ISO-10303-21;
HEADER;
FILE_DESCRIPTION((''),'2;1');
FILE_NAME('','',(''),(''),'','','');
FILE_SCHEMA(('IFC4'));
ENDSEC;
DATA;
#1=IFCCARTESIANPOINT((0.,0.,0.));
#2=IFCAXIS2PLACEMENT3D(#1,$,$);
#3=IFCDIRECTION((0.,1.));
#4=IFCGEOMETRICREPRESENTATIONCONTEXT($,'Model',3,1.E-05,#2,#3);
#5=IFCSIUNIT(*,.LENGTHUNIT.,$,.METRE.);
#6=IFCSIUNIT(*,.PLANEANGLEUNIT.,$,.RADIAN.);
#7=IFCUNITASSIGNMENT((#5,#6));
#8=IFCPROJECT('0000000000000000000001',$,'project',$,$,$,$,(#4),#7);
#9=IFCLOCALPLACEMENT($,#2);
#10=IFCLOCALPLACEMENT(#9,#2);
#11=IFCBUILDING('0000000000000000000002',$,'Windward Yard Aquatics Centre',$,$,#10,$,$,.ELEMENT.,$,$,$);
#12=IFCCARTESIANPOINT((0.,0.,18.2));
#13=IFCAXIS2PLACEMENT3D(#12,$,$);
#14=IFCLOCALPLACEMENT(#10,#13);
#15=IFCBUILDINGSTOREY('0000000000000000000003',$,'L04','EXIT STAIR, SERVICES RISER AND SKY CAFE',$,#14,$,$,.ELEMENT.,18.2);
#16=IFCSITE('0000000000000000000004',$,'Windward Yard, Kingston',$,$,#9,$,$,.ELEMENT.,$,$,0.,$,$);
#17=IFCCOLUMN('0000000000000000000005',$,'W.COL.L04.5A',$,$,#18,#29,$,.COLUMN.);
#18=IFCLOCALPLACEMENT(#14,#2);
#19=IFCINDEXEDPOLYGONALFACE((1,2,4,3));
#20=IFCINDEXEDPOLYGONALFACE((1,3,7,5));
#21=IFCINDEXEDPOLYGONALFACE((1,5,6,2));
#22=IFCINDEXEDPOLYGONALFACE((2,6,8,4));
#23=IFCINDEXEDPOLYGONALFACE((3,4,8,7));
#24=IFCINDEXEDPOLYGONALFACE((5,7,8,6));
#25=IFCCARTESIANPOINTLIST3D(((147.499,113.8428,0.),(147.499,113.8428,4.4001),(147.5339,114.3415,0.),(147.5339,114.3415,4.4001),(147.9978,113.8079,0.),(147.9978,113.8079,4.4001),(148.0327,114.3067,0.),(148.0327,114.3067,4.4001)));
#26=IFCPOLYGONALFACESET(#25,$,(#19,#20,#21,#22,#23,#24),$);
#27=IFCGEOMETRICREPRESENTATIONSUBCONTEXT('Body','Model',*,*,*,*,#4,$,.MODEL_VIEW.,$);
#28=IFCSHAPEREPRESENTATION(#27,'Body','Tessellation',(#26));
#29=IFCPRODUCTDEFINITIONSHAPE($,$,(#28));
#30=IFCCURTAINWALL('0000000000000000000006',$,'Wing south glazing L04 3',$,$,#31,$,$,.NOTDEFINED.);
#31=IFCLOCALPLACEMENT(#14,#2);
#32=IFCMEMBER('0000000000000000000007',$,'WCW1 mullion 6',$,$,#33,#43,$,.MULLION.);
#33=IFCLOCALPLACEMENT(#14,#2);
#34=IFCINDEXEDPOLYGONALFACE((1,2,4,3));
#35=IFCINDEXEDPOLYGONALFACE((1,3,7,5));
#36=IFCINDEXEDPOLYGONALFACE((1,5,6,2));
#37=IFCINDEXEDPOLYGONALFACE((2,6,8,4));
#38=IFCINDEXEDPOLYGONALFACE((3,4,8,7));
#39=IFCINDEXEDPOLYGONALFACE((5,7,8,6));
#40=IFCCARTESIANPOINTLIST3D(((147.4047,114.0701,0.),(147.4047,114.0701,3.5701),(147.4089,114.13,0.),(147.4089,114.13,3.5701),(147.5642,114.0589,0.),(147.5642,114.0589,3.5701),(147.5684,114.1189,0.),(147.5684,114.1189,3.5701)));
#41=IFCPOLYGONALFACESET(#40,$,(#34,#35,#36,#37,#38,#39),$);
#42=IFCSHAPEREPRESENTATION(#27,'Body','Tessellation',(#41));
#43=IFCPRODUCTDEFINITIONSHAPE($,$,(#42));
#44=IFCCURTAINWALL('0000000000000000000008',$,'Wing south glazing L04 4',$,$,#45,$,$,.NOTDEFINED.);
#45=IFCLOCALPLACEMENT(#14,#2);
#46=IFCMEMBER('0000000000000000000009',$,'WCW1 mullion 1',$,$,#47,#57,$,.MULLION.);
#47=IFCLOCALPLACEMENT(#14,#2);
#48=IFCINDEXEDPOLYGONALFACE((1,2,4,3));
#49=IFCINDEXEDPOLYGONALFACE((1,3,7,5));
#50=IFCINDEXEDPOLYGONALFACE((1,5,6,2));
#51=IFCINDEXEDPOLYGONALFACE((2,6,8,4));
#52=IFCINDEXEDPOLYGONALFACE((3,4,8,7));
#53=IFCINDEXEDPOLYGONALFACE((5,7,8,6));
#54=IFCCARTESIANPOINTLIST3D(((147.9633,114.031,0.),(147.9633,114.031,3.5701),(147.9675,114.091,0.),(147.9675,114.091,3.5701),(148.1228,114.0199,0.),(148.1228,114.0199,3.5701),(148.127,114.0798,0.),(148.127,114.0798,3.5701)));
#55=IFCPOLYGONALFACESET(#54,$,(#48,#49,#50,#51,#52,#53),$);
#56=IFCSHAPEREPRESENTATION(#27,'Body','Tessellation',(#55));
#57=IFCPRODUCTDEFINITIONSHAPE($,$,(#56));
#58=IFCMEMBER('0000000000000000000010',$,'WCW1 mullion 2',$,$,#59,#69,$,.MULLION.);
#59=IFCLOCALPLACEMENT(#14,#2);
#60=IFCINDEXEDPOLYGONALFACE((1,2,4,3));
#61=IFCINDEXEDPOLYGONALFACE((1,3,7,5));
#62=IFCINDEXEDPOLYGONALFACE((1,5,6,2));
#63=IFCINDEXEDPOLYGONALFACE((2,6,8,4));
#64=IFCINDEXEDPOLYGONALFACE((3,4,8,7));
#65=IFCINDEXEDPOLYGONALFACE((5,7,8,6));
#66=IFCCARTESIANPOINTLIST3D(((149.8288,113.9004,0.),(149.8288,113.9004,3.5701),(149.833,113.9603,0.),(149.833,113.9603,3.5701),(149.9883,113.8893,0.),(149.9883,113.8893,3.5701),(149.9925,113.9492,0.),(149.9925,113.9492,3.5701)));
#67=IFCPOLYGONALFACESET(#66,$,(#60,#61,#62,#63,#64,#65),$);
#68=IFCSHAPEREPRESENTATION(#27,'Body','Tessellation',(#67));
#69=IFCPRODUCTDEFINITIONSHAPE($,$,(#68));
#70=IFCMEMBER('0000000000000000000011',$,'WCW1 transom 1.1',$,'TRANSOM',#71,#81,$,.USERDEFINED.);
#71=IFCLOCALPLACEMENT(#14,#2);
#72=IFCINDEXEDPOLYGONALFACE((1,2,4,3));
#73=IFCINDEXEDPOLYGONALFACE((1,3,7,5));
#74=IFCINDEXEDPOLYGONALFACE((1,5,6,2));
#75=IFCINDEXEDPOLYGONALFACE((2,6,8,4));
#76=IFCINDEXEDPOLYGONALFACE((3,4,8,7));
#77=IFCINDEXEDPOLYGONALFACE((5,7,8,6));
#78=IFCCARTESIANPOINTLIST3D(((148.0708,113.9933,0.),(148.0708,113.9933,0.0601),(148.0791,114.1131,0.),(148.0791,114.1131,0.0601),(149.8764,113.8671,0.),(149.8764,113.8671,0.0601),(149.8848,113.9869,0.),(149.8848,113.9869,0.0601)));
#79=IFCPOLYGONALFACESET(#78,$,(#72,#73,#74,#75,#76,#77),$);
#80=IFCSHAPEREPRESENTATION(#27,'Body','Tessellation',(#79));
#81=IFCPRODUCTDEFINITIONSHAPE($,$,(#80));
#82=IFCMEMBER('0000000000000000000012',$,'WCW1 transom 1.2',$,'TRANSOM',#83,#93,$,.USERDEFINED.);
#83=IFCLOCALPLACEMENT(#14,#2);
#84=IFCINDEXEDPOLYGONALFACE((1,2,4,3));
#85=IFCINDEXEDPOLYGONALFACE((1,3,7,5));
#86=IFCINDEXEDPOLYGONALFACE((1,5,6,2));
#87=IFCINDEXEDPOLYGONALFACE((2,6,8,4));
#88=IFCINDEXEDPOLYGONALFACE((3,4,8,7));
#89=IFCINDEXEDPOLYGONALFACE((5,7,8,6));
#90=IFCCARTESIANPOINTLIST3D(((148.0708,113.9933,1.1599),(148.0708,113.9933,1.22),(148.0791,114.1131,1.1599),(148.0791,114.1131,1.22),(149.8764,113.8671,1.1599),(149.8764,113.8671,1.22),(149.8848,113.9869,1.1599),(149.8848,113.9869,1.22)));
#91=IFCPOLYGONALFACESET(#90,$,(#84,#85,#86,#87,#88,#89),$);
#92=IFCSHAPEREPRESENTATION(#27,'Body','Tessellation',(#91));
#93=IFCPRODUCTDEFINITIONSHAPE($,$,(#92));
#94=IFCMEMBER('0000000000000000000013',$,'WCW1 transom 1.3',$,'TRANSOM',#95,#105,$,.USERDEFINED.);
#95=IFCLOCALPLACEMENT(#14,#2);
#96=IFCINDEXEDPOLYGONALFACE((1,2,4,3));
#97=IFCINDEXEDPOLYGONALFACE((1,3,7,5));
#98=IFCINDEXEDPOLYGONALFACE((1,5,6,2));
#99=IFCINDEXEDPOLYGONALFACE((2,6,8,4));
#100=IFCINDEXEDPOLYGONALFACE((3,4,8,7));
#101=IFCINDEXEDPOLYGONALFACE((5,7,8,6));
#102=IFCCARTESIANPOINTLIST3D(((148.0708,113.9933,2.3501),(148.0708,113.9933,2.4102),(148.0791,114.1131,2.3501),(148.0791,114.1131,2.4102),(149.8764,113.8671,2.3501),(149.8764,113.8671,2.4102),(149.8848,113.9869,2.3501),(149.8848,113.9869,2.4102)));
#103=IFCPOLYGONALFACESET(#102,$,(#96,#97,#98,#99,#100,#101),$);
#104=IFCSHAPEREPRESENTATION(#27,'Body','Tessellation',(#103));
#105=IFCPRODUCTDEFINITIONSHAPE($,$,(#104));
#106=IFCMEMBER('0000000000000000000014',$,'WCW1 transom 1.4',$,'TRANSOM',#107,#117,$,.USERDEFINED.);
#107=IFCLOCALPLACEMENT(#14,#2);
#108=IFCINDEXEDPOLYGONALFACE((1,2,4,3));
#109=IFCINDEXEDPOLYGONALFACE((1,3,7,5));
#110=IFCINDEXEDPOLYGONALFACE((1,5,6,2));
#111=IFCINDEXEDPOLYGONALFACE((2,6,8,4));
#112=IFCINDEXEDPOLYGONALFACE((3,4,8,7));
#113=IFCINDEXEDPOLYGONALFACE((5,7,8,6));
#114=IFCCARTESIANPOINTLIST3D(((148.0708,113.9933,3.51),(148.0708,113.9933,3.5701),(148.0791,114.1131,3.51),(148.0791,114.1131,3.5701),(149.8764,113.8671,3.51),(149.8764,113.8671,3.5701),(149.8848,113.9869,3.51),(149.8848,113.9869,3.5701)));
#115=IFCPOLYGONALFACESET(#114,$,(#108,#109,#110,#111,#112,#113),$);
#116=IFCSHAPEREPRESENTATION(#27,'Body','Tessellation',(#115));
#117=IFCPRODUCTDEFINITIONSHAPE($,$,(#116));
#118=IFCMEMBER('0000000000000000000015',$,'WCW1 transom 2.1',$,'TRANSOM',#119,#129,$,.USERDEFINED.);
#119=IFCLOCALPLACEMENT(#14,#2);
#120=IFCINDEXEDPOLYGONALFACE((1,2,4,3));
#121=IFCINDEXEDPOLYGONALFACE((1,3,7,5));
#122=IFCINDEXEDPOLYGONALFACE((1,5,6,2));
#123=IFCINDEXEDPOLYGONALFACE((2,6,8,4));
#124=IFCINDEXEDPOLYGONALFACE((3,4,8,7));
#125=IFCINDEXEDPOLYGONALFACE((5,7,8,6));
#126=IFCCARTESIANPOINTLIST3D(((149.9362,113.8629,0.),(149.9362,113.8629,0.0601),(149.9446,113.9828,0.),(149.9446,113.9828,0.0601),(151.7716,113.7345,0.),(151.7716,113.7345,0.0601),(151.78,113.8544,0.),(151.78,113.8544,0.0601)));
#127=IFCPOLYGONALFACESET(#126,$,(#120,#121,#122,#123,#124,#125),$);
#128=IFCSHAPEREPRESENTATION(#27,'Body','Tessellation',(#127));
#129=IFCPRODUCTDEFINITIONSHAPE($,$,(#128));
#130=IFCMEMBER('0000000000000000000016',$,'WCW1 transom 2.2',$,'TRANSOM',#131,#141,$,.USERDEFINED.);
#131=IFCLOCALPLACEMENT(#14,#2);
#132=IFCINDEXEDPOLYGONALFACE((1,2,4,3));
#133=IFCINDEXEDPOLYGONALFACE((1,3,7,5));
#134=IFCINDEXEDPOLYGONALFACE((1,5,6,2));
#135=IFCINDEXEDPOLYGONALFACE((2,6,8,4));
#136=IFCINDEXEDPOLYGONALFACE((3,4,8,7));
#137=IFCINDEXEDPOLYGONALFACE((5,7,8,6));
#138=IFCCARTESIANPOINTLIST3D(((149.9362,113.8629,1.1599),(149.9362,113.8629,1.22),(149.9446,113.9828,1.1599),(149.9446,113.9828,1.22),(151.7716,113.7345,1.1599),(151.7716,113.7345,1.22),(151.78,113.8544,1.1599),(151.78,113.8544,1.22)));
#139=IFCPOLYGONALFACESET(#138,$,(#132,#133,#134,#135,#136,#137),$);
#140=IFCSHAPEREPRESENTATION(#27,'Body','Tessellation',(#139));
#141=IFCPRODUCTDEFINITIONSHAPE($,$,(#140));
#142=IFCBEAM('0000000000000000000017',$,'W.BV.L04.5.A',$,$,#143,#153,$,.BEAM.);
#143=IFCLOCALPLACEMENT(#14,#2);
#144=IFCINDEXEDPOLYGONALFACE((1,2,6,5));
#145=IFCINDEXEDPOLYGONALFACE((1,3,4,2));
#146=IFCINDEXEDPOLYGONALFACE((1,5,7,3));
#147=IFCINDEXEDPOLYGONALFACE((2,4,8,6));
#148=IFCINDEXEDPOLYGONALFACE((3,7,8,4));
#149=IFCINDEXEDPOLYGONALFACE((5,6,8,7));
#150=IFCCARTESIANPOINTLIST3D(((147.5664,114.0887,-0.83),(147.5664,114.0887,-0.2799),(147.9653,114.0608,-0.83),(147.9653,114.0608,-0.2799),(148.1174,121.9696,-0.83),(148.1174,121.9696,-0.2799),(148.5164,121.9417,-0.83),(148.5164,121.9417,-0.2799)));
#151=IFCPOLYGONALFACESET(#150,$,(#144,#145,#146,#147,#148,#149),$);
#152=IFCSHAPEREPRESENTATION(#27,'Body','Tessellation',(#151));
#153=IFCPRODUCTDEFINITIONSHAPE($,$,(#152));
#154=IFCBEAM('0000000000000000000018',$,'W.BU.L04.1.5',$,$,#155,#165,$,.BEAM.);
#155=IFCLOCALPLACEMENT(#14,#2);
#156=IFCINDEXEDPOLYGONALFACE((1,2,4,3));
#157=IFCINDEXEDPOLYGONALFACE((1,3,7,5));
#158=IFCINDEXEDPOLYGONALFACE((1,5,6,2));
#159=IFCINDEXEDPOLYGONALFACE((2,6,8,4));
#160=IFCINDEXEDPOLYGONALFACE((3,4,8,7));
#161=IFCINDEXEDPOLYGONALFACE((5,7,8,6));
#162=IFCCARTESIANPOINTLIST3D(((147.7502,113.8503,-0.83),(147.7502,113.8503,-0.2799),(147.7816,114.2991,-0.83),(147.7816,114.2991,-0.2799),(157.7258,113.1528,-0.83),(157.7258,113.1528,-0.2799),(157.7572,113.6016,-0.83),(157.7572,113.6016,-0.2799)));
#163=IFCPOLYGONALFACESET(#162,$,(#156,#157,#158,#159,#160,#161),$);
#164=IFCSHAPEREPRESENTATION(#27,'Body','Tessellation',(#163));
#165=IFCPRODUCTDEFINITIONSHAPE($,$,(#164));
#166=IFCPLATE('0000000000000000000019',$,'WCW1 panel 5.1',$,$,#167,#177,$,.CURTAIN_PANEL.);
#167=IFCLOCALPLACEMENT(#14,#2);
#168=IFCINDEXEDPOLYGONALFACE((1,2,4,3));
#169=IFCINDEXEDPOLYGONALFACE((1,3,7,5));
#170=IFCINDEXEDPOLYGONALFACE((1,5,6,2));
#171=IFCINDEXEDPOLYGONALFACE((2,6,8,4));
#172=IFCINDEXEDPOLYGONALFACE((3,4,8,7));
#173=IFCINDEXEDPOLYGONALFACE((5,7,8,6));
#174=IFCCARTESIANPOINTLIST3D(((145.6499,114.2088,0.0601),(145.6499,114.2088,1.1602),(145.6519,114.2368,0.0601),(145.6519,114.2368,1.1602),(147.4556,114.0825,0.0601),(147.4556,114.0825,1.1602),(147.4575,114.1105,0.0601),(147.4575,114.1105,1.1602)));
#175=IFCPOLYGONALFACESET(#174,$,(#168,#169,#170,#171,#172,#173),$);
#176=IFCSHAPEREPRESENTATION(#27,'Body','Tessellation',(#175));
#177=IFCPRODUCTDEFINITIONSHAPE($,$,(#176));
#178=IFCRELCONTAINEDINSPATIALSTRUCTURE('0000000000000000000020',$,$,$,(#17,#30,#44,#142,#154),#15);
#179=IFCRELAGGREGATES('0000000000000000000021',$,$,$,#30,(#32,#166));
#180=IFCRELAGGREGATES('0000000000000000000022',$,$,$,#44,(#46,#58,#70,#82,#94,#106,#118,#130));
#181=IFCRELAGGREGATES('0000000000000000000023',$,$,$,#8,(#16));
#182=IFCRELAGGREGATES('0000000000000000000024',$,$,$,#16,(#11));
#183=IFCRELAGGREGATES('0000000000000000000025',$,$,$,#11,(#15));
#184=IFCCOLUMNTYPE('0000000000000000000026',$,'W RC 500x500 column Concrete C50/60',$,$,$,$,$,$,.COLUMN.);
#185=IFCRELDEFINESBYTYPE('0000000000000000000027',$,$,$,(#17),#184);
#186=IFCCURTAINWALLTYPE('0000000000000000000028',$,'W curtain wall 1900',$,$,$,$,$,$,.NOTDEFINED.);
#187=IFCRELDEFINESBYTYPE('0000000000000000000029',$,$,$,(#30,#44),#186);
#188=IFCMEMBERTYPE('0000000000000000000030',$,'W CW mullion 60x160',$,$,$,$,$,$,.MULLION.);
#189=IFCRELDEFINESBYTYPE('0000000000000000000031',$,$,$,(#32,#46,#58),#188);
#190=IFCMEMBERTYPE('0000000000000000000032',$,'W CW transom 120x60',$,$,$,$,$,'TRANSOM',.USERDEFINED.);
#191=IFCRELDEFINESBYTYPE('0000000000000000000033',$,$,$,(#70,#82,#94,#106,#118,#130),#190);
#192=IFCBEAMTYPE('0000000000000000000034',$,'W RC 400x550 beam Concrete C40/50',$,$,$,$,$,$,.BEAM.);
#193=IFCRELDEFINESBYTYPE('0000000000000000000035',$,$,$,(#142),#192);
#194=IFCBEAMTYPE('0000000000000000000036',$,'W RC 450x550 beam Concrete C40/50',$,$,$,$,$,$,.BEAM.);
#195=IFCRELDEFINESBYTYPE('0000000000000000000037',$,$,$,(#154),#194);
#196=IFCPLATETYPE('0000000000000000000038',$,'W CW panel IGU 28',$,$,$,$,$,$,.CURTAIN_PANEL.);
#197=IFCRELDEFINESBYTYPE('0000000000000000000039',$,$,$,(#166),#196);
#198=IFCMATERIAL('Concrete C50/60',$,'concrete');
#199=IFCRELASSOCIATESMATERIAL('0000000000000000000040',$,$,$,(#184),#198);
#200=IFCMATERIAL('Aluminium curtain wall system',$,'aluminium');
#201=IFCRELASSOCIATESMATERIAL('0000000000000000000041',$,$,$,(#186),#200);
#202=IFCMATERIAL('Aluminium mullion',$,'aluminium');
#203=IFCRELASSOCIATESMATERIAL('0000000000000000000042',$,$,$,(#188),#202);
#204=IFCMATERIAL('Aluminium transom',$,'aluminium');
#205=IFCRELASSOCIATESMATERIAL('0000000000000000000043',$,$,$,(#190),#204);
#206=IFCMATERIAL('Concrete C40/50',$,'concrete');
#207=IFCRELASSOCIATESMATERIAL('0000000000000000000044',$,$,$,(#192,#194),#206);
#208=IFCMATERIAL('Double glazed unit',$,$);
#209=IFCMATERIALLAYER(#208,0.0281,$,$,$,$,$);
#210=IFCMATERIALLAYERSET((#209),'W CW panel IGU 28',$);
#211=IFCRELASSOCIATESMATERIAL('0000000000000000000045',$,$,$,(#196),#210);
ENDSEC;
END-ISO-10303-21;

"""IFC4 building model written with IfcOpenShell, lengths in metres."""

from ifc_helpers import new_model, si_unit, direction, frame, origin, origin_2d, place, context, subcontext, project, spatial, rectangle, extrude, material, layer, layer_set, material_profile, profile_set, type_object, element, aggregate, save


model = new_model("IFC4")

# Units and contexts
model_context = context("Model", 3, precision=1e-05, world=origin(), true_north=direction((0.0, 1.0)))
body_context = subcontext(model_context, "Body", "Model", "MODEL_VIEW")
ifc_project = project(units=[si_unit("LENGTHUNIT", "METRE"), si_unit("PLANEANGLEUNIT", "RADIAN")], contexts=[model_context])

# Site, building, storey
site_placement = place(None, origin())
site = spatial("IfcSite", under=ifc_project, at=site_placement, Name="Windward Yard, Kingston", CompositionType="ELEMENT", RefElevation=0.0)
building_placement = place(site_placement, origin())
building = spatial("IfcBuilding", under=site, at=building_placement, Name="Windward Yard Aquatics Centre", CompositionType="ELEMENT")
storey_placement = place(building_placement, frame((0.0, 0.0, 18.2)))
storey = spatial("IfcBuildingStorey", under=building, at=storey_placement, Name="L04", Description="EXIT STAIR, SERVICES RISER AND SKY CAFE", CompositionType="ELEMENT", Elevation=18.2)

# Column
ifc_material_1 = material(Name="Concrete C50/60", Category="concrete")
ifc_material_profile_1 = material_profile(ifc_material_1, rectangle(XDim=0.5, YDim=0.5, at=origin_2d()), Name="RC 500x500")
ifc_profile_set_1 = profile_set([ifc_material_profile_1], Name="Concrete C50/60")
column_type = type_object("IfcColumnType", Name="W RC 500x500 column Concrete C50/60", PredefinedType="COLUMN", material=ifc_profile_set_1)
column_placement = place(storey_placement, frame((147.7659, 114.0747, 0.0), z_axis=(0.0, 0.0, 1.0), x_axis=(0.997564, -0.069756, 0.0)))
element("IfcColumn", 1, at=column_placement, inside=storey, type_object=column_type, Name="W.COL.L04.5A", PredefinedType="COLUMN", context=body_context, shape_type="SweptSolid", body=[
    extrude(rectangle(XDim=0.5, YDim=0.5, at=origin_2d()), origin(), (0.0, 0.0, 1.0), 4.4001),
])

# Curtain wall, member
ifc_material_2 = material(Name="Aluminium curtain wall system", Category="aluminium")
curtain_wall_type = type_object("IfcCurtainWallType", Name="W curtain wall 1900", PredefinedType="NOTDEFINED", material=ifc_material_2)
curtain_wall_1_placement = place(storey_placement, origin())
curtain_wall_1 = element("IfcCurtainWall", 2, at=curtain_wall_1_placement, inside=storey, type_object=curtain_wall_type, Name="Wing south glazing L04 3", PredefinedType="NOTDEFINED")
ifc_material_3 = material(Name="Aluminium mullion", Category="aluminium")
ifc_material_profile_2 = material_profile(ifc_material_3, rectangle(XDim=0.0601, YDim=0.1599, at=origin_2d()), Name="AL 60x160")
ifc_profile_set_2 = profile_set([ifc_material_profile_2], Name="Aluminium mullion")
member_type_1 = type_object("IfcMemberType", Name="W CW mullion 60x160", PredefinedType="MULLION", material=ifc_profile_set_2)
member_1_placement = place(storey_placement, frame((147.4866, 114.0945, 0.0), z_axis=(0.0, 0.0, 1.0), x_axis=(0.069758, 0.997564, 0.0)))
member_1 = element("IfcMember", 3, at=member_1_placement, type_object=member_type_1, Name="WCW1 mullion 6", PredefinedType="MULLION", context=body_context, shape_type="SweptSolid", body=[
    extrude(rectangle(XDim=0.0601, YDim=0.1599, at=origin_2d()), origin(), (0.0, 0.0, 1.0), 3.5701),
])

# Curtain wall, members
curtain_wall_2_placement = place(storey_placement, origin())
curtain_wall_2 = element("IfcCurtainWall", 4, at=curtain_wall_2_placement, inside=storey, type_object=curtain_wall_type, Name="Wing south glazing L04 4", PredefinedType="NOTDEFINED")
member_2_placement = place(storey_placement, frame((148.0452, 114.0554, 0.0), z_axis=(0.0, 0.0, 1.0), x_axis=(0.069758, 0.997564, 0.0)))
member_2 = element("IfcMember", 5, at=member_2_placement, type_object=member_type_1, Name="WCW1 mullion 1", PredefinedType="MULLION", context=body_context, shape_type="SweptSolid", body=[
    extrude(rectangle(XDim=0.0601, YDim=0.1599, at=origin_2d()), origin(), (0.0, 0.0, 1.0), 3.5701),
])
member_3_placement = place(storey_placement, frame((149.9106, 113.9248, 0.0), z_axis=(0.0, 0.0, 1.0), x_axis=(0.069758, 0.997564, 0.0)))
member_3 = element("IfcMember", 6, at=member_3_placement, type_object=member_type_1, Name="WCW1 mullion 2", PredefinedType="MULLION", context=body_context, shape_type="SweptSolid", body=[
    extrude(rectangle(XDim=0.0601, YDim=0.1599, at=origin_2d()), origin(), (0.0, 0.0, 1.0), 3.5701),
])
ifc_material_4 = material(Name="Aluminium transom", Category="aluminium")
ifc_material_profile_3 = material_profile(ifc_material_4, rectangle(XDim=0.1201, YDim=0.0601, at=origin_2d()), Name="AL 120x60")
ifc_profile_set_3 = profile_set([ifc_material_profile_3], Name="Aluminium transom")
member_type_2 = type_object("IfcMemberType", Name="W CW transom 120x60", ElementType="TRANSOM", PredefinedType="USERDEFINED", material=ifc_profile_set_3)
member_4_placement = place(storey_placement, frame((148.075, 114.0532, 0.03), z_axis=(0.997566, -0.069732, 0.0), x_axis=(0.069732, 0.997566, 0.0)))
member_4 = element("IfcMember", 7, at=member_4_placement, type_object=member_type_2, Name="WCW1 transom 1.1", ObjectType="TRANSOM", PredefinedType="USERDEFINED", context=body_context, shape_type="SweptSolid", body=[
    extrude(rectangle(XDim=0.1201, YDim=0.0601, at=origin_2d()), origin(), (0.0, 0.0, 1.0), 1.8101),
])
member_5_placement = place(storey_placement, frame((148.075, 114.0532, 1.1899), z_axis=(0.997566, -0.069732, 0.0), x_axis=(0.069732, 0.997566, 0.0)))
member_5 = element("IfcMember", 8, at=member_5_placement, type_object=member_type_2, Name="WCW1 transom 1.2", ObjectType="TRANSOM", PredefinedType="USERDEFINED", context=body_context, shape_type="SweptSolid", body=[
    extrude(rectangle(XDim=0.1201, YDim=0.0601, at=origin_2d()), origin(), (0.0, 0.0, 1.0), 1.8101),
])
member_6_placement = place(storey_placement, frame((148.075, 114.0532, 2.3801), z_axis=(0.997566, -0.069732, 0.0), x_axis=(0.069732, 0.997566, 0.0)))
member_6 = element("IfcMember", 9, at=member_6_placement, type_object=member_type_2, Name="WCW1 transom 1.3", ObjectType="TRANSOM", PredefinedType="USERDEFINED", context=body_context, shape_type="SweptSolid", body=[
    extrude(rectangle(XDim=0.1201, YDim=0.0601, at=origin_2d()), origin(), (0.0, 0.0, 1.0), 1.8101),
])
member_7_placement = place(storey_placement, frame((148.075, 114.0532, 3.54), z_axis=(0.997566, -0.069732, 0.0), x_axis=(0.069732, 0.997566, 0.0)))
member_7 = element("IfcMember", 10, at=member_7_placement, type_object=member_type_2, Name="WCW1 transom 1.4", ObjectType="TRANSOM", PredefinedType="USERDEFINED", context=body_context, shape_type="SweptSolid", body=[
    extrude(rectangle(XDim=0.1201, YDim=0.0601, at=origin_2d()), origin(), (0.0, 0.0, 1.0), 1.8101),
])
member_8_placement = place(storey_placement, frame((149.9404, 113.9229, 0.03), z_axis=(0.997561, -0.069795, 0.0), x_axis=(0.069795, 0.997561, 0.0)))
member_8 = element("IfcMember", 11, at=member_8_placement, type_object=member_type_2, Name="WCW1 transom 2.1", ObjectType="TRANSOM", PredefinedType="USERDEFINED", context=body_context, shape_type="SweptSolid", body=[
    extrude(rectangle(XDim=0.1201, YDim=0.0601, at=origin_2d()), origin(), (0.0, 0.0, 1.0), 1.8398),
])
member_9_placement = place(storey_placement, frame((149.9404, 113.9229, 1.1899), z_axis=(0.997561, -0.069795, 0.0), x_axis=(0.069795, 0.997561, 0.0)))
member_9 = element("IfcMember", 12, at=member_9_placement, type_object=member_type_2, Name="WCW1 transom 2.2", ObjectType="TRANSOM", PredefinedType="USERDEFINED", context=body_context, shape_type="SweptSolid", body=[
    extrude(rectangle(XDim=0.1201, YDim=0.0601, at=origin_2d()), origin(), (0.0, 0.0, 1.0), 1.8398),
])

# Beams
ifc_material_5 = material(Name="Concrete C40/50", Category="concrete")
ifc_material_profile_4 = material_profile(ifc_material_5, rectangle(XDim=0.3999, YDim=0.55, at=origin_2d()), Name="RC 400x550")
ifc_profile_set_4 = profile_set([ifc_material_profile_4], Name="Concrete C40/50")
beam_type_1 = type_object("IfcBeamType", Name="W RC 400x550 beam Concrete C40/50", PredefinedType="BEAM", material=ifc_profile_set_4)
beam_1_placement = place(storey_placement, frame((147.7659, 114.0747, -0.5549), z_axis=(0.069749, 0.997565, 0.0), x_axis=(-0.997565, 0.069749, 0.0)))
element("IfcBeam", 13, at=beam_1_placement, inside=storey, type_object=beam_type_1, Name="W.BV.L04.5.A", PredefinedType="BEAM", context=body_context, shape_type="SweptSolid", body=[
    extrude(rectangle(XDim=0.3999, YDim=0.55, at=origin_2d()), origin(), (0.0, 0.0, 1.0), 7.9001),
])
ifc_material_profile_5 = material_profile(ifc_material_5, rectangle(XDim=0.45, YDim=0.55, at=origin_2d()), Name="RC 450x550")
ifc_profile_set_5 = profile_set([ifc_material_profile_5], Name="Concrete C40/50")
beam_type_2 = type_object("IfcBeamType", Name="W RC 450x550 beam Concrete C40/50", PredefinedType="BEAM", material=ifc_profile_set_5)
beam_2_placement = place(storey_placement, frame((147.7659, 114.0747, -0.5549), z_axis=(0.997564, -0.069751, 0.0), x_axis=(0.069751, 0.997564, 0.0)))
element("IfcBeam", 14, at=beam_2_placement, inside=storey, type_object=beam_type_2, Name="W.BU.L04.1.5", PredefinedType="BEAM", context=body_context, shape_type="SweptSolid", body=[
    extrude(rectangle(XDim=0.45, YDim=0.55, at=origin_2d()), origin(), (0.0, 0.0, 1.0), 10.0),
])

# Plate
ifc_material_6 = material(Name="Double glazed unit")
ifc_layer_1 = layer(ifc_material_6, 0.0281)
ifc_layer_set_1 = layer_set([ifc_layer_1], Name="W CW panel IGU 28")
plate_type = type_object("IfcPlateType", Name="W CW panel IGU 28", PredefinedType="CURTAIN_PANEL", material=ifc_layer_set_1)
plate_1_placement = place(storey_placement, frame((146.5537, 114.1597, 0.0601), z_axis=(0.0, 0.0, 1.0), x_axis=(0.997564, -0.069758, 0.0)))
plate_1 = element("IfcPlate", 15, at=plate_1_placement, type_object=plate_type, Name="WCW1 panel 5.1", PredefinedType="CURTAIN_PANEL", context=body_context, shape_type="SweptSolid", body=[
    extrude(rectangle(XDim=1.8101, YDim=0.0281, at=origin_2d()), origin(), (0.0, 0.0, 1.0), 1.1001),
])
aggregate(curtain_wall_1, [member_1, plate_1])
aggregate(curtain_wall_2, [member_2, member_3, member_4, member_5, member_6, member_7, member_8, member_9])

save(model, "model.ifc")
